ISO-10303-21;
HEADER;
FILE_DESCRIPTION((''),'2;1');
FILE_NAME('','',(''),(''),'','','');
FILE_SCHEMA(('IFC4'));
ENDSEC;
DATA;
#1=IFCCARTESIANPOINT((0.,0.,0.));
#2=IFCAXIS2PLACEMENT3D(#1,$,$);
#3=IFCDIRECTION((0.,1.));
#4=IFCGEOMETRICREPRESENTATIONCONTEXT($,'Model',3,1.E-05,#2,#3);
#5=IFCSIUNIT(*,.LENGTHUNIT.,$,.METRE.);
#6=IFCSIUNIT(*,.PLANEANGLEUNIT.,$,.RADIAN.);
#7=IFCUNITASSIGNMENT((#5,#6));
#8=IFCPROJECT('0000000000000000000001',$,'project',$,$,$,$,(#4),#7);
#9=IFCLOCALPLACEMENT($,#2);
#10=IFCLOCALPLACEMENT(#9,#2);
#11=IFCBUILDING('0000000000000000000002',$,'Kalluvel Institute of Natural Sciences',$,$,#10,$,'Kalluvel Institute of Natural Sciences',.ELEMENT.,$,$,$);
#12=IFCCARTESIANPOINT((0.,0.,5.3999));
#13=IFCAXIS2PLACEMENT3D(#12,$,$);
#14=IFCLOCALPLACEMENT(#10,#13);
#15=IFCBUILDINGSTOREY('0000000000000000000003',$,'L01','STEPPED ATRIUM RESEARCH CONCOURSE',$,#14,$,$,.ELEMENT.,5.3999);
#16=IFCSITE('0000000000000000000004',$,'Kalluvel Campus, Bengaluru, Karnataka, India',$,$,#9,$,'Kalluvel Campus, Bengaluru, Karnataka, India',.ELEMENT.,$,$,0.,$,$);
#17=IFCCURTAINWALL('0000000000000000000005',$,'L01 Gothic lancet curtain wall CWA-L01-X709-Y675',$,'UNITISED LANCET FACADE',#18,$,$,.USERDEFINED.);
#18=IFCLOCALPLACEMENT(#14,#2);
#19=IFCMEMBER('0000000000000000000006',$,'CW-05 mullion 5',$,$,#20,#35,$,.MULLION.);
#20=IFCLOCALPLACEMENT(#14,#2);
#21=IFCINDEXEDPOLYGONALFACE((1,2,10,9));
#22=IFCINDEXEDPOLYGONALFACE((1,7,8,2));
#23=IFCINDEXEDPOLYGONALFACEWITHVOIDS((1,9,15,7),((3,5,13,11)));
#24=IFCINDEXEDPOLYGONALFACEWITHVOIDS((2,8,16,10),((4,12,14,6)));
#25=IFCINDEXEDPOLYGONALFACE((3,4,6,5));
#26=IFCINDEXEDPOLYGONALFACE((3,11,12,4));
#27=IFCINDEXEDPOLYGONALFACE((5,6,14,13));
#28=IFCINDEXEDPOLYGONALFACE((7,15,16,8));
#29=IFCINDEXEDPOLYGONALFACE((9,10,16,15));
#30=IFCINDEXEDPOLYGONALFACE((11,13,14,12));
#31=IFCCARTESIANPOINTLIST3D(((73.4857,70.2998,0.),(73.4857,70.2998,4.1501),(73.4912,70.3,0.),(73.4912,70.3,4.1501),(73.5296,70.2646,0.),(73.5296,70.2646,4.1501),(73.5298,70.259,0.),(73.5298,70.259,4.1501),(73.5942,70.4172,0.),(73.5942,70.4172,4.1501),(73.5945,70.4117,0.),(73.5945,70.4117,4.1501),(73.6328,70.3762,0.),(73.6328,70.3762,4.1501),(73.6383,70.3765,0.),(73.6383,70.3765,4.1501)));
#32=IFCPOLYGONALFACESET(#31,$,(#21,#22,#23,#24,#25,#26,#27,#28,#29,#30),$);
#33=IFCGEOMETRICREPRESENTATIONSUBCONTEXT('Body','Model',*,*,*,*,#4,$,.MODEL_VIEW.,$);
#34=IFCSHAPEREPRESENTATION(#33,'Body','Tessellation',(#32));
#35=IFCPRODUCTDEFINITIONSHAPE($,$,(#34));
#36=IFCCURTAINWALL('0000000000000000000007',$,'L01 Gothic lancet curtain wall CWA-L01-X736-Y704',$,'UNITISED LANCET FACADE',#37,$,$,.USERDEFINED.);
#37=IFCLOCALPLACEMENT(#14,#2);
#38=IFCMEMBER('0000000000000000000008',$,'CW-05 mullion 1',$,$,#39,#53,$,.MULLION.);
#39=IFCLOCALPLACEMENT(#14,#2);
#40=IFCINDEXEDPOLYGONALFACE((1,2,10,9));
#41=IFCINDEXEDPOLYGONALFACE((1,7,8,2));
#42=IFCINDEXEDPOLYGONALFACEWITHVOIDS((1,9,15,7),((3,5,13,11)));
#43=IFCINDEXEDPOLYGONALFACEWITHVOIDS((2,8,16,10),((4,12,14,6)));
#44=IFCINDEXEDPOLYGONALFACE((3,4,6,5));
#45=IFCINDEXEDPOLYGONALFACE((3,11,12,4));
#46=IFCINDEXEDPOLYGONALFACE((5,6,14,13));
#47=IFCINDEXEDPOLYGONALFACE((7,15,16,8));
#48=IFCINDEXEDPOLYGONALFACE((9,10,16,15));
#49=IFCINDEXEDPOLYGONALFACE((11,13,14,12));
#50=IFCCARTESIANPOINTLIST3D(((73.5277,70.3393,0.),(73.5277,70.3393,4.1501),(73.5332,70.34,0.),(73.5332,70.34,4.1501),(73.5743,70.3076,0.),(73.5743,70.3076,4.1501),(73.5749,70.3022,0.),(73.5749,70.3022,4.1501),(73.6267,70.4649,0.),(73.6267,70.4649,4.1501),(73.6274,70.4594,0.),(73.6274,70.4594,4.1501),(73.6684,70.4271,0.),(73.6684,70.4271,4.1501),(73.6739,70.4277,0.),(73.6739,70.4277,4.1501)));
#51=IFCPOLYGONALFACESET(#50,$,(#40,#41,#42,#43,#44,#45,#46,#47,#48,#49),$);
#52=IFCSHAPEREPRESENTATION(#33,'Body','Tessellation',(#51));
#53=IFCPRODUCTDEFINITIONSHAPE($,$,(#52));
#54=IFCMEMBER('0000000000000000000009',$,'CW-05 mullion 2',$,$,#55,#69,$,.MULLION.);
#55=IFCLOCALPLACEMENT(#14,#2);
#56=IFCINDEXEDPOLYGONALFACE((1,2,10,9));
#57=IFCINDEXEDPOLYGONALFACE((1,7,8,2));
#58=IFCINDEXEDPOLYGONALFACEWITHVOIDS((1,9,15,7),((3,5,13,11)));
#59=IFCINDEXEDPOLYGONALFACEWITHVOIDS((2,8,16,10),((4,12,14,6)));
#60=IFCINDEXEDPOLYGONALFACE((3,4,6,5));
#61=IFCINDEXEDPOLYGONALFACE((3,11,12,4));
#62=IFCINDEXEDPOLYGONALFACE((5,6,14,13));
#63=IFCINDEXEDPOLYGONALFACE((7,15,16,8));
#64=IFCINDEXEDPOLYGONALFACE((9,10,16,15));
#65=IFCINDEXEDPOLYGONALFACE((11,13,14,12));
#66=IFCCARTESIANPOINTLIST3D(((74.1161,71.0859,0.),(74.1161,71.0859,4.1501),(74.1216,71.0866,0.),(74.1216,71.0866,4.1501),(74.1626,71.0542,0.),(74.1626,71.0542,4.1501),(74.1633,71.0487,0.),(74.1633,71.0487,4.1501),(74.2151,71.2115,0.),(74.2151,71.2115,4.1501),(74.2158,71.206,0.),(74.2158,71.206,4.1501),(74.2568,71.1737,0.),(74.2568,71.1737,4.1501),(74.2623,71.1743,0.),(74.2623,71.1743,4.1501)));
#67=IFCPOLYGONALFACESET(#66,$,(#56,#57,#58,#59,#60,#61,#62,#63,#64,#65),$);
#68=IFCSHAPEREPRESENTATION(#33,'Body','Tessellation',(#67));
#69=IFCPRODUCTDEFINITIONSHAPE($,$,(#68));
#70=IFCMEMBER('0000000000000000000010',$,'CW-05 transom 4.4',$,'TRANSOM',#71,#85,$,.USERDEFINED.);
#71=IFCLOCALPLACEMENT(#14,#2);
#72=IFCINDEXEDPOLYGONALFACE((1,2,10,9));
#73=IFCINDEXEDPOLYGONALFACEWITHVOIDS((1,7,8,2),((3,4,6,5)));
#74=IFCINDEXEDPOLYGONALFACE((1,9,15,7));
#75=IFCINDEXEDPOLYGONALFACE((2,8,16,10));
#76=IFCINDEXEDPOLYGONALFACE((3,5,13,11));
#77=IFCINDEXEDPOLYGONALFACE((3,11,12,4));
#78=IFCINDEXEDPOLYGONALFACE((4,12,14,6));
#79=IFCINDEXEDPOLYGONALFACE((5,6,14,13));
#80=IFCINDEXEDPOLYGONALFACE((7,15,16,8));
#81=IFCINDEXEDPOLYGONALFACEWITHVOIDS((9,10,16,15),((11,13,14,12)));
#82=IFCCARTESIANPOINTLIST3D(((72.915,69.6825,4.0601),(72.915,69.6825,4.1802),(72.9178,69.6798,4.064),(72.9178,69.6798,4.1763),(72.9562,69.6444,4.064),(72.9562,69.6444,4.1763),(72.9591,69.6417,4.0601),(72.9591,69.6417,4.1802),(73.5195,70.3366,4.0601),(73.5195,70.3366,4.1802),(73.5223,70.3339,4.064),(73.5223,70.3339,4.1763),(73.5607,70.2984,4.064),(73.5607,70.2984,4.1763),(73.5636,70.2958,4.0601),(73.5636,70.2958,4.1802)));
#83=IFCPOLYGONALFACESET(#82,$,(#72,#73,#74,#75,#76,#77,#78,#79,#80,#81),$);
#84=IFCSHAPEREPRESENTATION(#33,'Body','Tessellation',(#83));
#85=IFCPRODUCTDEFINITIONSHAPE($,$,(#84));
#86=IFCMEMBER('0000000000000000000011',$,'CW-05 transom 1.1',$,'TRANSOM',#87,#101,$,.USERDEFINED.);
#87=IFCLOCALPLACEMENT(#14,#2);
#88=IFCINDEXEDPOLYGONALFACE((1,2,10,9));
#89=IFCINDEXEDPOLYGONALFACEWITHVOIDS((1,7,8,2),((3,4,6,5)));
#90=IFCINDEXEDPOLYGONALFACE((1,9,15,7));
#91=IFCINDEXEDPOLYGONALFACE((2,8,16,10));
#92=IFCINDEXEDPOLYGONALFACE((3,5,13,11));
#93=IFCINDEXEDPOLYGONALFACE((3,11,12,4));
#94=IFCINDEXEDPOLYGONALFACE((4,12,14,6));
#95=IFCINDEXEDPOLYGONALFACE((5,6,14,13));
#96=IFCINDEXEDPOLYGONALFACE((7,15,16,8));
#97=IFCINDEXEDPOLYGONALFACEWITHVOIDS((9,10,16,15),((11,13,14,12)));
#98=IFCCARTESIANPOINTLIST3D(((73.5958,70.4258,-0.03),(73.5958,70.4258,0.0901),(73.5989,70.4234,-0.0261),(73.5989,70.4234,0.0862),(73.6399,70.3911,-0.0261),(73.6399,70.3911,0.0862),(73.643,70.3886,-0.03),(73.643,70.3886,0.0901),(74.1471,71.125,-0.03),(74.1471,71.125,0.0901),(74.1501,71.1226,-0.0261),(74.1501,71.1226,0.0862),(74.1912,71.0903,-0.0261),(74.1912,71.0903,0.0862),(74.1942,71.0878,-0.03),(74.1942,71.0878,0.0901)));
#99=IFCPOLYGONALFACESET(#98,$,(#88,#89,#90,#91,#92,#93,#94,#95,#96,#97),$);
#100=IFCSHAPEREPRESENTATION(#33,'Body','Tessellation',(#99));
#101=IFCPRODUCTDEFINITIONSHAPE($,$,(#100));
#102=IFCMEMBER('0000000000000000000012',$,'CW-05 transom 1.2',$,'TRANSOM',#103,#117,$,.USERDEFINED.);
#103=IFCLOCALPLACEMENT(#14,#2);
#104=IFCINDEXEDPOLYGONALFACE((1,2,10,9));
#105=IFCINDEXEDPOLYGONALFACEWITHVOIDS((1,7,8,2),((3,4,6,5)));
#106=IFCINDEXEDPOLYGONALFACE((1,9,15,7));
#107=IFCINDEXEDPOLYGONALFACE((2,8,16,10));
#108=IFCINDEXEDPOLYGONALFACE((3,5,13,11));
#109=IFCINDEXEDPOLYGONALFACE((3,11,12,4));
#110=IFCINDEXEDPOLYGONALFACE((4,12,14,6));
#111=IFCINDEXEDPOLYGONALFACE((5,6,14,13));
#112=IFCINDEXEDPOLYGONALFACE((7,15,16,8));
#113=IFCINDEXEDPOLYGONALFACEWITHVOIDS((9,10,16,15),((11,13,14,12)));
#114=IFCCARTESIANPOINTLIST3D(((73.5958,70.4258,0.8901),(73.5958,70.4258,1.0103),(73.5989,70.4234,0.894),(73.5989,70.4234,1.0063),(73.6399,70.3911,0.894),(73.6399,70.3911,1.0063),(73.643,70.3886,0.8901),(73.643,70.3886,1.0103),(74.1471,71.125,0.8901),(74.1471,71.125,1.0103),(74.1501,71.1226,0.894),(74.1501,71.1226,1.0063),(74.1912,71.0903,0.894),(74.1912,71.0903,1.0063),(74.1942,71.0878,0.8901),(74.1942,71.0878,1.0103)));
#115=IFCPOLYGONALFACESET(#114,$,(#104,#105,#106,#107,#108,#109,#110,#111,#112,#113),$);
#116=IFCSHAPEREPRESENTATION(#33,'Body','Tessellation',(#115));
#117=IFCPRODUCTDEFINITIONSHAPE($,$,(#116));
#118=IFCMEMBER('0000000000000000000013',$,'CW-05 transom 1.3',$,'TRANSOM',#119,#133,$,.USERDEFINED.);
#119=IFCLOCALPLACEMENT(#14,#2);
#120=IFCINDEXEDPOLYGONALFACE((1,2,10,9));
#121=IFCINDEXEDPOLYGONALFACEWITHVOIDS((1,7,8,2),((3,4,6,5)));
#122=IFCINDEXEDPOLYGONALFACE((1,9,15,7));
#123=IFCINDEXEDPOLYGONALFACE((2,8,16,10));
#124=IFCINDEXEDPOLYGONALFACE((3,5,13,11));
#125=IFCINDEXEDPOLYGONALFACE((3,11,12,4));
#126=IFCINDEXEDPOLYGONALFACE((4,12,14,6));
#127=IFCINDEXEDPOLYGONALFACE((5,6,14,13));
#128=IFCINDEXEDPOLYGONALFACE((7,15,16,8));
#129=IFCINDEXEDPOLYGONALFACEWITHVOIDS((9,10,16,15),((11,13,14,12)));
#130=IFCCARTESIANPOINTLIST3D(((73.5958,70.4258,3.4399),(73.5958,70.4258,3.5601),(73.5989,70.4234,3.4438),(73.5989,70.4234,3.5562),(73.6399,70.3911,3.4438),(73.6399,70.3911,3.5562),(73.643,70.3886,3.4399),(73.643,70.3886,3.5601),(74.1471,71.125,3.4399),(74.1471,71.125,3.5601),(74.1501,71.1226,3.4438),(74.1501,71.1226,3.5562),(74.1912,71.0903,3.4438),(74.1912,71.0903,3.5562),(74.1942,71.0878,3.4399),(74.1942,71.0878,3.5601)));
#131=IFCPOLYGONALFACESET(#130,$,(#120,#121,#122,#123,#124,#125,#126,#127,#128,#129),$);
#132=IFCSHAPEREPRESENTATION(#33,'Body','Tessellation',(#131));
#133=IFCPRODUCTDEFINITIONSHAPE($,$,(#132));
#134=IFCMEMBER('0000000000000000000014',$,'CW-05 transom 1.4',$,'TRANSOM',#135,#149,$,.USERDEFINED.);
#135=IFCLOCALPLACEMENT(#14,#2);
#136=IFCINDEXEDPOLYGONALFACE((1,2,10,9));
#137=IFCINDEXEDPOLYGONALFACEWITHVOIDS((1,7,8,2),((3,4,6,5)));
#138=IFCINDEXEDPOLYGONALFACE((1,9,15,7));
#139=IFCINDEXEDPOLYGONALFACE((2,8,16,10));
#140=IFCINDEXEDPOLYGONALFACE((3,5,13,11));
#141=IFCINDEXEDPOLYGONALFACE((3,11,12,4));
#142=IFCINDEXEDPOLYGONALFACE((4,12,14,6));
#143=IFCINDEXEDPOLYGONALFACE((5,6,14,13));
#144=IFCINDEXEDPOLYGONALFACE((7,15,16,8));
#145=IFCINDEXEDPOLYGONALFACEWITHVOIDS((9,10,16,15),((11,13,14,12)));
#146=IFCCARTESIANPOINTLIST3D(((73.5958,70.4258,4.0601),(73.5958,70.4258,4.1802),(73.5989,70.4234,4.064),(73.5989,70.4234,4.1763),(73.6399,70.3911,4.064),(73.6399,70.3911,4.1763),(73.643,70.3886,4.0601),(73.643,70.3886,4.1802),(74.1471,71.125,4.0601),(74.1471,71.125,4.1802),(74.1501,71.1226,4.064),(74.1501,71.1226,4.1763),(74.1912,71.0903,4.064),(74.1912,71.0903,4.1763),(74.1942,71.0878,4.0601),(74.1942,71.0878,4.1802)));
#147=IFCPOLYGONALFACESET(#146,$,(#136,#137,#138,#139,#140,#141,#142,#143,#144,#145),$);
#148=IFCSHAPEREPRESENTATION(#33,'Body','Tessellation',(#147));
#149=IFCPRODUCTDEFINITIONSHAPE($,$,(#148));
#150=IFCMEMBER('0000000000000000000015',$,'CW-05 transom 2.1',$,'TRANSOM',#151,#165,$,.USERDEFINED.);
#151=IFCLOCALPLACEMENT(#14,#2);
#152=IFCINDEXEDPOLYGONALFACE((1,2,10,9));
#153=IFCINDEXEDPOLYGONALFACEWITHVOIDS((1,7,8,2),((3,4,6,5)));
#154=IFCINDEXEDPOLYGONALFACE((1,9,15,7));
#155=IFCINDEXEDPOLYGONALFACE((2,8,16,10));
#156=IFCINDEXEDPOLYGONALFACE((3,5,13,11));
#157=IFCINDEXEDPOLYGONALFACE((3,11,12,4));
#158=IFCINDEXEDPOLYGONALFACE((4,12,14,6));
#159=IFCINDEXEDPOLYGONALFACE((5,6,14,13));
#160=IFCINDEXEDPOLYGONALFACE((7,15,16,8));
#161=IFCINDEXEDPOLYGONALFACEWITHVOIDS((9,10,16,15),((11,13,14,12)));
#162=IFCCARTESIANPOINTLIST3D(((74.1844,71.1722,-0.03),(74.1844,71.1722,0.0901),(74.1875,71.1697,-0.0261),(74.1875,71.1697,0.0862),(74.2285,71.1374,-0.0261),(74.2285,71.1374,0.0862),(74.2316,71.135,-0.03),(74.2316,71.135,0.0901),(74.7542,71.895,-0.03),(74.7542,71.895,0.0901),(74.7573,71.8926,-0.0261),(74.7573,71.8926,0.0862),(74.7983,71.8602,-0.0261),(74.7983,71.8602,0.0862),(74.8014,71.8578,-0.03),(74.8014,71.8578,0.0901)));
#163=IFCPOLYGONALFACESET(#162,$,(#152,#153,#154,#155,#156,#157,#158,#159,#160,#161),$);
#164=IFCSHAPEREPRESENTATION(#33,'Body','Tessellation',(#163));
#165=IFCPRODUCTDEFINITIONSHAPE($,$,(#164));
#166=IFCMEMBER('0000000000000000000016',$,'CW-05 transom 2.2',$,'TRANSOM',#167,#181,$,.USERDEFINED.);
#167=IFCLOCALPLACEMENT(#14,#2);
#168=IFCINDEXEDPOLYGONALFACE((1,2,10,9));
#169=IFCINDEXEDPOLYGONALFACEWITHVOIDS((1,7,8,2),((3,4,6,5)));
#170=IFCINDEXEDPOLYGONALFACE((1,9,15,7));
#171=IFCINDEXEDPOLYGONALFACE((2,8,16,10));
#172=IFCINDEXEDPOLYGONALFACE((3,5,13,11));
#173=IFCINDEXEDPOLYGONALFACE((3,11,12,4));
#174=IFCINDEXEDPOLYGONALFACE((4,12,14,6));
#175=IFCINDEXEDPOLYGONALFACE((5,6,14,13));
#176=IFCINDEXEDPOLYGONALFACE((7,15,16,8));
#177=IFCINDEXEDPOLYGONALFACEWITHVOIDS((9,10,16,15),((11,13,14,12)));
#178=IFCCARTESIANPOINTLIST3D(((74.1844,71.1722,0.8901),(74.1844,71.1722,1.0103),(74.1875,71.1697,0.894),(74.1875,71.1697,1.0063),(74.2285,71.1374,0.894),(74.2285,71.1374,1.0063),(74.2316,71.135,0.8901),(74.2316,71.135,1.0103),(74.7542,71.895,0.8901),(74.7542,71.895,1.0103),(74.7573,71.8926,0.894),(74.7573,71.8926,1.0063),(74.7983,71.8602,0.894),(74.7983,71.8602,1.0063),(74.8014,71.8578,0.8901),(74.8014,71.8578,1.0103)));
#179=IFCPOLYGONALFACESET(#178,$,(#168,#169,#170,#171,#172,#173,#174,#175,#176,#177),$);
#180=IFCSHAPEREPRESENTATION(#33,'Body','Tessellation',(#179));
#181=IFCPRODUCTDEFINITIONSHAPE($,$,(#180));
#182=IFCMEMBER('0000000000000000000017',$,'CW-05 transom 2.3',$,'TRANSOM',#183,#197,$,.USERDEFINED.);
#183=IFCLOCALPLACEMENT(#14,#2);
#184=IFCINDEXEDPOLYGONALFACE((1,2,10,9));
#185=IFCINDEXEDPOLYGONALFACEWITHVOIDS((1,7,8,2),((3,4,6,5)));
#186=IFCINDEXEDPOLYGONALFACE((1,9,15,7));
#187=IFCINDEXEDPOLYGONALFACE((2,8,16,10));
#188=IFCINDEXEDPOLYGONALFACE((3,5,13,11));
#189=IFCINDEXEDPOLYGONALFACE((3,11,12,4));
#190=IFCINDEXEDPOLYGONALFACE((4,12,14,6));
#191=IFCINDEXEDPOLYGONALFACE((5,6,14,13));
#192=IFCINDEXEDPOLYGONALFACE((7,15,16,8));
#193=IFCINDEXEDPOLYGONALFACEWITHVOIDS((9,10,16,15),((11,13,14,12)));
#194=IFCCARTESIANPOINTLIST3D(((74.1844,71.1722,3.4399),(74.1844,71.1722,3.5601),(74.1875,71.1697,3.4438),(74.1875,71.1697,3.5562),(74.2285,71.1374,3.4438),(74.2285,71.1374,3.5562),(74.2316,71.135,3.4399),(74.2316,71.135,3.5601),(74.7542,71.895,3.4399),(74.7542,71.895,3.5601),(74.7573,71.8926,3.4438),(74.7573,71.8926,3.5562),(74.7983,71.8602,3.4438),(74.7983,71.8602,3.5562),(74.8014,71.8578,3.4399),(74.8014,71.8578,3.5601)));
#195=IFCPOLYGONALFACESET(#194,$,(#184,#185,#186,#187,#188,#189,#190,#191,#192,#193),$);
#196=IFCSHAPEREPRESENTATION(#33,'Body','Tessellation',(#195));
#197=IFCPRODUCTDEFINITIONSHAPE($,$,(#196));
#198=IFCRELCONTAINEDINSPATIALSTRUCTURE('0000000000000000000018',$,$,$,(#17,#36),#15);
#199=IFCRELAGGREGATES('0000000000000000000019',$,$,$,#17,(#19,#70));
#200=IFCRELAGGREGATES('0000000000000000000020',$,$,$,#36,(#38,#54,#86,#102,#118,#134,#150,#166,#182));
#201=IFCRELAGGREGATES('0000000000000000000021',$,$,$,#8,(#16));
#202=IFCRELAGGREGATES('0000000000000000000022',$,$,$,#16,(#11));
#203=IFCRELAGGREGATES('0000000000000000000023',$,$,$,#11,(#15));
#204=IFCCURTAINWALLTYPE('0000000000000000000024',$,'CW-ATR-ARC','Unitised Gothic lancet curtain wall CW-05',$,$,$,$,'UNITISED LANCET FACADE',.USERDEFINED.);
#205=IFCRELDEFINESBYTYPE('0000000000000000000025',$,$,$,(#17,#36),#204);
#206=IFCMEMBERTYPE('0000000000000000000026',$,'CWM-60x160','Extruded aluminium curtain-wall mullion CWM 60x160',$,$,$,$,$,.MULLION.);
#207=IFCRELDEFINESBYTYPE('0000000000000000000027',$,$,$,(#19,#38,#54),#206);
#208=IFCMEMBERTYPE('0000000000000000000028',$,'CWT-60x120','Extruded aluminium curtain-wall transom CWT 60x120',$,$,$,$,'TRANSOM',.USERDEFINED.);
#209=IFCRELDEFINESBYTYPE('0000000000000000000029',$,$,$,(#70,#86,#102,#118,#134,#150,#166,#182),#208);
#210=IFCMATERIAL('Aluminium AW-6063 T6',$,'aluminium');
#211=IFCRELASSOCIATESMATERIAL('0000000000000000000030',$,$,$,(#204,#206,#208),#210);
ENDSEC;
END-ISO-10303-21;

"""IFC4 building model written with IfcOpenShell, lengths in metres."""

from ifc_helpers import new_model, si_unit, direction, frame, origin, origin_2d, place, context, subcontext, project, spatial, hollow_rectangle, extrude, material, material_profile, profile_set, type_object, element, aggregate, save


model = new_model("IFC4")

# Units and contexts
model_context = context("Model", 3, precision=1e-05, world=origin(), true_north=direction((0.0, 1.0)))
body_context = subcontext(model_context, "Body", "Model", "MODEL_VIEW")
ifc_project = project(units=[si_unit("LENGTHUNIT", "METRE"), si_unit("PLANEANGLEUNIT", "RADIAN")], contexts=[model_context])

# Site, building, storey
site_placement = place(None, origin())
site = spatial("IfcSite", under=ifc_project, at=site_placement, Name="Kalluvel Campus, Bengaluru, Karnataka, India", LongName="Kalluvel Campus, Bengaluru, Karnataka, India", CompositionType="ELEMENT", RefElevation=0.0)
building_placement = place(site_placement, origin())
building = spatial("IfcBuilding", under=site, at=building_placement, Name="Kalluvel Institute of Natural Sciences", LongName="Kalluvel Institute of Natural Sciences", CompositionType="ELEMENT")
storey_placement = place(building_placement, frame((0.0, 0.0, 5.3999)))
storey = spatial("IfcBuildingStorey", under=building, at=storey_placement, Name="L01", Description="STEPPED ATRIUM RESEARCH CONCOURSE", CompositionType="ELEMENT", Elevation=5.3999)

# Curtain wall, member
ifc_material_1 = material(Name="Aluminium AW-6063 T6", Category="aluminium")
curtain_wall_type = type_object("IfcCurtainWallType", Name="CW-ATR-ARC", Description="Unitised Gothic lancet curtain wall CW-05", ElementType="UNITISED LANCET FACADE", PredefinedType="USERDEFINED", material=ifc_material_1)
curtain_wall_1_placement = place(storey_placement, origin())
curtain_wall_1 = element("IfcCurtainWall", 1, at=curtain_wall_1_placement, inside=storey, type_object=curtain_wall_type, Name="L01 Gothic lancet curtain wall CWA-L01-X709-Y675", ObjectType="UNITISED LANCET FACADE", PredefinedType="USERDEFINED")
ifc_material_profile_1 = material_profile(ifc_material_1, hollow_rectangle(XDim=0.0601, YDim=0.1599, WallThickness=0.0039, at=origin_2d()), Name="CWM 60x160")
ifc_profile_set_1 = profile_set([ifc_material_profile_1], Name="Aluminium AW-6063 T6")
member_type_1 = type_object("IfcMemberType", Name="CWM-60x160", Description="Extruded aluminium curtain-wall mullion CWM 60x160", PredefinedType="MULLION", material=ifc_profile_set_1)
member_1_placement = place(storey_placement, frame((73.562, 70.3381, 0.0), z_axis=(0.0, 0.0, 1.0), x_axis=(-0.734327, 0.678796, 0.0)))
member_1 = element("IfcMember", 2, at=member_1_placement, type_object=member_type_1, Name="CW-05 mullion 5", PredefinedType="MULLION", context=body_context, shape_type="SweptSolid", body=[
    extrude(hollow_rectangle(XDim=0.0601, YDim=0.1599, WallThickness=0.0039, at=origin_2d()), origin(), (0.0, 0.0, 1.0), 4.1501),
])

# Curtain wall, members
curtain_wall_2_placement = place(storey_placement, origin())
curtain_wall_2 = element("IfcCurtainWall", 3, at=curtain_wall_2_placement, inside=storey, type_object=curtain_wall_type, Name="L01 Gothic lancet curtain wall CWA-L01-X736-Y704", ObjectType="UNITISED LANCET FACADE", PredefinedType="USERDEFINED")
member_2_placement = place(storey_placement, frame((73.6008, 70.3835, 0.0), z_axis=(0.0, 0.0, 1.0), x_axis=(-0.785314, 0.619098, 0.0)))
member_2 = element("IfcMember", 4, at=member_2_placement, type_object=member_type_1, Name="CW-05 mullion 1", PredefinedType="MULLION", context=body_context, shape_type="SweptSolid", body=[
    extrude(hollow_rectangle(XDim=0.0601, YDim=0.1599, WallThickness=0.0039, at=origin_2d()), origin(), (0.0, 0.0, 1.0), 4.1501),
])
member_3_placement = place(storey_placement, frame((74.1892, 71.1301, 0.0), z_axis=(0.0, 0.0, 1.0), x_axis=(-0.785314, 0.619098, 0.0)))
member_3 = element("IfcMember", 5, at=member_3_placement, type_object=member_type_1, Name="CW-05 mullion 2", PredefinedType="MULLION", context=body_context, shape_type="SweptSolid", body=[
    extrude(hollow_rectangle(XDim=0.0601, YDim=0.1599, WallThickness=0.0039, at=origin_2d()), origin(), (0.0, 0.0, 1.0), 4.1501),
])

# Members
ifc_material_profile_2 = material_profile(ifc_material_1, hollow_rectangle(XDim=0.0601, YDim=0.1201, WallThickness=0.0039, at=origin_2d()), Name="CWT 60x120")
ifc_profile_set_2 = profile_set([ifc_material_profile_2], Name="Aluminium AW-6063 T6")
member_type_2 = type_object("IfcMemberType", Name="CWT-60x120", Description="Extruded aluminium curtain-wall transom CWT 60x120", ElementType="TRANSOM", PredefinedType="USERDEFINED", material=ifc_profile_set_2)
member_4_placement = place(storey_placement, frame((72.937, 69.6621, 4.1201), z_axis=(0.678735, 0.734383, 0.0), x_axis=(-0.734383, 0.678735, 0.0)))
member_4 = element("IfcMember", 6, at=member_4_placement, type_object=member_type_2, Name="CW-05 transom 4.4", ObjectType="TRANSOM", PredefinedType="USERDEFINED", context=body_context, shape_type="SweptSolid", body=[
    extrude(hollow_rectangle(XDim=0.0601, YDim=0.1201, WallThickness=0.0039, at=origin_2d()), origin(), (0.0, 0.0, 1.0), 0.8906),
])
member_5_placement = place(storey_placement, frame((73.6194, 70.4072, 0.03), z_axis=(0.619129, 0.78529, 0.0), x_axis=(-0.78529, 0.619129, 0.0)))
member_5 = element("IfcMember", 7, at=member_5_placement, type_object=member_type_2, Name="CW-05 transom 1.1", ObjectType="TRANSOM", PredefinedType="USERDEFINED", context=body_context, shape_type="SweptSolid", body=[
    extrude(hollow_rectangle(XDim=0.0601, YDim=0.1201, WallThickness=0.0039, at=origin_2d()), origin(), (0.0, 0.0, 1.0), 0.8904),
])
member_6_placement = place(storey_placement, frame((73.6194, 70.4072, 0.9502), z_axis=(0.619129, 0.78529, 0.0), x_axis=(-0.78529, 0.619129, 0.0)))
member_6 = element("IfcMember", 8, at=member_6_placement, type_object=member_type_2, Name="CW-05 transom 1.2", ObjectType="TRANSOM", PredefinedType="USERDEFINED", context=body_context, shape_type="SweptSolid", body=[
    extrude(hollow_rectangle(XDim=0.0601, YDim=0.1201, WallThickness=0.0039, at=origin_2d()), origin(), (0.0, 0.0, 1.0), 0.8904),
])
member_7_placement = place(storey_placement, frame((73.6194, 70.4072, 3.5), z_axis=(0.619129, 0.78529, 0.0), x_axis=(-0.78529, 0.619129, 0.0)))
member_7 = element("IfcMember", 9, at=member_7_placement, type_object=member_type_2, Name="CW-05 transom 1.3", ObjectType="TRANSOM", PredefinedType="USERDEFINED", context=body_context, shape_type="SweptSolid", body=[
    extrude(hollow_rectangle(XDim=0.0601, YDim=0.1201, WallThickness=0.0039, at=origin_2d()), origin(), (0.0, 0.0, 1.0), 0.8904),
])
member_8_placement = place(storey_placement, frame((73.6194, 70.4072, 4.1201), z_axis=(0.619129, 0.78529, 0.0), x_axis=(-0.78529, 0.619129, 0.0)))
member_8 = element("IfcMember", 10, at=member_8_placement, type_object=member_type_2, Name="CW-05 transom 1.4", ObjectType="TRANSOM", PredefinedType="USERDEFINED", context=body_context, shape_type="SweptSolid", body=[
    extrude(hollow_rectangle(XDim=0.0601, YDim=0.1201, WallThickness=0.0039, at=origin_2d()), origin(), (0.0, 0.0, 1.0), 0.8904),
])
member_9_placement = place(storey_placement, frame((74.208, 71.1536, 0.03), z_axis=(0.619051, 0.785351, 0.0), x_axis=(-0.785351, 0.619051, 0.0)))
member_9 = element("IfcMember", 11, at=member_9_placement, type_object=member_type_2, Name="CW-05 transom 2.1", ObjectType="TRANSOM", PredefinedType="USERDEFINED", context=body_context, shape_type="SweptSolid", body=[
    extrude(hollow_rectangle(XDim=0.0601, YDim=0.1201, WallThickness=0.0039, at=origin_2d()), origin(), (0.0, 0.0, 1.0), 0.9204),
])
member_10_placement = place(storey_placement, frame((74.208, 71.1536, 0.9502), z_axis=(0.619051, 0.785351, 0.0), x_axis=(-0.785351, 0.619051, 0.0)))
member_10 = element("IfcMember", 12, at=member_10_placement, type_object=member_type_2, Name="CW-05 transom 2.2", ObjectType="TRANSOM", PredefinedType="USERDEFINED", context=body_context, shape_type="SweptSolid", body=[
    extrude(hollow_rectangle(XDim=0.0601, YDim=0.1201, WallThickness=0.0039, at=origin_2d()), origin(), (0.0, 0.0, 1.0), 0.9204),
])
member_11_placement = place(storey_placement, frame((74.208, 71.1536, 3.5), z_axis=(0.619051, 0.785351, 0.0), x_axis=(-0.785351, 0.619051, 0.0)))
member_11 = element("IfcMember", 13, at=member_11_placement, type_object=member_type_2, Name="CW-05 transom 2.3", ObjectType="TRANSOM", PredefinedType="USERDEFINED", context=body_context, shape_type="SweptSolid", body=[
    extrude(hollow_rectangle(XDim=0.0601, YDim=0.1201, WallThickness=0.0039, at=origin_2d()), origin(), (0.0, 0.0, 1.0), 0.9204),
])

aggregate(curtain_wall_1, [member_1, member_4])
aggregate(curtain_wall_2, [member_2, member_3, member_5, member_6, member_7, member_8, member_9, member_10, member_11])

save(model, "model.ifc")
